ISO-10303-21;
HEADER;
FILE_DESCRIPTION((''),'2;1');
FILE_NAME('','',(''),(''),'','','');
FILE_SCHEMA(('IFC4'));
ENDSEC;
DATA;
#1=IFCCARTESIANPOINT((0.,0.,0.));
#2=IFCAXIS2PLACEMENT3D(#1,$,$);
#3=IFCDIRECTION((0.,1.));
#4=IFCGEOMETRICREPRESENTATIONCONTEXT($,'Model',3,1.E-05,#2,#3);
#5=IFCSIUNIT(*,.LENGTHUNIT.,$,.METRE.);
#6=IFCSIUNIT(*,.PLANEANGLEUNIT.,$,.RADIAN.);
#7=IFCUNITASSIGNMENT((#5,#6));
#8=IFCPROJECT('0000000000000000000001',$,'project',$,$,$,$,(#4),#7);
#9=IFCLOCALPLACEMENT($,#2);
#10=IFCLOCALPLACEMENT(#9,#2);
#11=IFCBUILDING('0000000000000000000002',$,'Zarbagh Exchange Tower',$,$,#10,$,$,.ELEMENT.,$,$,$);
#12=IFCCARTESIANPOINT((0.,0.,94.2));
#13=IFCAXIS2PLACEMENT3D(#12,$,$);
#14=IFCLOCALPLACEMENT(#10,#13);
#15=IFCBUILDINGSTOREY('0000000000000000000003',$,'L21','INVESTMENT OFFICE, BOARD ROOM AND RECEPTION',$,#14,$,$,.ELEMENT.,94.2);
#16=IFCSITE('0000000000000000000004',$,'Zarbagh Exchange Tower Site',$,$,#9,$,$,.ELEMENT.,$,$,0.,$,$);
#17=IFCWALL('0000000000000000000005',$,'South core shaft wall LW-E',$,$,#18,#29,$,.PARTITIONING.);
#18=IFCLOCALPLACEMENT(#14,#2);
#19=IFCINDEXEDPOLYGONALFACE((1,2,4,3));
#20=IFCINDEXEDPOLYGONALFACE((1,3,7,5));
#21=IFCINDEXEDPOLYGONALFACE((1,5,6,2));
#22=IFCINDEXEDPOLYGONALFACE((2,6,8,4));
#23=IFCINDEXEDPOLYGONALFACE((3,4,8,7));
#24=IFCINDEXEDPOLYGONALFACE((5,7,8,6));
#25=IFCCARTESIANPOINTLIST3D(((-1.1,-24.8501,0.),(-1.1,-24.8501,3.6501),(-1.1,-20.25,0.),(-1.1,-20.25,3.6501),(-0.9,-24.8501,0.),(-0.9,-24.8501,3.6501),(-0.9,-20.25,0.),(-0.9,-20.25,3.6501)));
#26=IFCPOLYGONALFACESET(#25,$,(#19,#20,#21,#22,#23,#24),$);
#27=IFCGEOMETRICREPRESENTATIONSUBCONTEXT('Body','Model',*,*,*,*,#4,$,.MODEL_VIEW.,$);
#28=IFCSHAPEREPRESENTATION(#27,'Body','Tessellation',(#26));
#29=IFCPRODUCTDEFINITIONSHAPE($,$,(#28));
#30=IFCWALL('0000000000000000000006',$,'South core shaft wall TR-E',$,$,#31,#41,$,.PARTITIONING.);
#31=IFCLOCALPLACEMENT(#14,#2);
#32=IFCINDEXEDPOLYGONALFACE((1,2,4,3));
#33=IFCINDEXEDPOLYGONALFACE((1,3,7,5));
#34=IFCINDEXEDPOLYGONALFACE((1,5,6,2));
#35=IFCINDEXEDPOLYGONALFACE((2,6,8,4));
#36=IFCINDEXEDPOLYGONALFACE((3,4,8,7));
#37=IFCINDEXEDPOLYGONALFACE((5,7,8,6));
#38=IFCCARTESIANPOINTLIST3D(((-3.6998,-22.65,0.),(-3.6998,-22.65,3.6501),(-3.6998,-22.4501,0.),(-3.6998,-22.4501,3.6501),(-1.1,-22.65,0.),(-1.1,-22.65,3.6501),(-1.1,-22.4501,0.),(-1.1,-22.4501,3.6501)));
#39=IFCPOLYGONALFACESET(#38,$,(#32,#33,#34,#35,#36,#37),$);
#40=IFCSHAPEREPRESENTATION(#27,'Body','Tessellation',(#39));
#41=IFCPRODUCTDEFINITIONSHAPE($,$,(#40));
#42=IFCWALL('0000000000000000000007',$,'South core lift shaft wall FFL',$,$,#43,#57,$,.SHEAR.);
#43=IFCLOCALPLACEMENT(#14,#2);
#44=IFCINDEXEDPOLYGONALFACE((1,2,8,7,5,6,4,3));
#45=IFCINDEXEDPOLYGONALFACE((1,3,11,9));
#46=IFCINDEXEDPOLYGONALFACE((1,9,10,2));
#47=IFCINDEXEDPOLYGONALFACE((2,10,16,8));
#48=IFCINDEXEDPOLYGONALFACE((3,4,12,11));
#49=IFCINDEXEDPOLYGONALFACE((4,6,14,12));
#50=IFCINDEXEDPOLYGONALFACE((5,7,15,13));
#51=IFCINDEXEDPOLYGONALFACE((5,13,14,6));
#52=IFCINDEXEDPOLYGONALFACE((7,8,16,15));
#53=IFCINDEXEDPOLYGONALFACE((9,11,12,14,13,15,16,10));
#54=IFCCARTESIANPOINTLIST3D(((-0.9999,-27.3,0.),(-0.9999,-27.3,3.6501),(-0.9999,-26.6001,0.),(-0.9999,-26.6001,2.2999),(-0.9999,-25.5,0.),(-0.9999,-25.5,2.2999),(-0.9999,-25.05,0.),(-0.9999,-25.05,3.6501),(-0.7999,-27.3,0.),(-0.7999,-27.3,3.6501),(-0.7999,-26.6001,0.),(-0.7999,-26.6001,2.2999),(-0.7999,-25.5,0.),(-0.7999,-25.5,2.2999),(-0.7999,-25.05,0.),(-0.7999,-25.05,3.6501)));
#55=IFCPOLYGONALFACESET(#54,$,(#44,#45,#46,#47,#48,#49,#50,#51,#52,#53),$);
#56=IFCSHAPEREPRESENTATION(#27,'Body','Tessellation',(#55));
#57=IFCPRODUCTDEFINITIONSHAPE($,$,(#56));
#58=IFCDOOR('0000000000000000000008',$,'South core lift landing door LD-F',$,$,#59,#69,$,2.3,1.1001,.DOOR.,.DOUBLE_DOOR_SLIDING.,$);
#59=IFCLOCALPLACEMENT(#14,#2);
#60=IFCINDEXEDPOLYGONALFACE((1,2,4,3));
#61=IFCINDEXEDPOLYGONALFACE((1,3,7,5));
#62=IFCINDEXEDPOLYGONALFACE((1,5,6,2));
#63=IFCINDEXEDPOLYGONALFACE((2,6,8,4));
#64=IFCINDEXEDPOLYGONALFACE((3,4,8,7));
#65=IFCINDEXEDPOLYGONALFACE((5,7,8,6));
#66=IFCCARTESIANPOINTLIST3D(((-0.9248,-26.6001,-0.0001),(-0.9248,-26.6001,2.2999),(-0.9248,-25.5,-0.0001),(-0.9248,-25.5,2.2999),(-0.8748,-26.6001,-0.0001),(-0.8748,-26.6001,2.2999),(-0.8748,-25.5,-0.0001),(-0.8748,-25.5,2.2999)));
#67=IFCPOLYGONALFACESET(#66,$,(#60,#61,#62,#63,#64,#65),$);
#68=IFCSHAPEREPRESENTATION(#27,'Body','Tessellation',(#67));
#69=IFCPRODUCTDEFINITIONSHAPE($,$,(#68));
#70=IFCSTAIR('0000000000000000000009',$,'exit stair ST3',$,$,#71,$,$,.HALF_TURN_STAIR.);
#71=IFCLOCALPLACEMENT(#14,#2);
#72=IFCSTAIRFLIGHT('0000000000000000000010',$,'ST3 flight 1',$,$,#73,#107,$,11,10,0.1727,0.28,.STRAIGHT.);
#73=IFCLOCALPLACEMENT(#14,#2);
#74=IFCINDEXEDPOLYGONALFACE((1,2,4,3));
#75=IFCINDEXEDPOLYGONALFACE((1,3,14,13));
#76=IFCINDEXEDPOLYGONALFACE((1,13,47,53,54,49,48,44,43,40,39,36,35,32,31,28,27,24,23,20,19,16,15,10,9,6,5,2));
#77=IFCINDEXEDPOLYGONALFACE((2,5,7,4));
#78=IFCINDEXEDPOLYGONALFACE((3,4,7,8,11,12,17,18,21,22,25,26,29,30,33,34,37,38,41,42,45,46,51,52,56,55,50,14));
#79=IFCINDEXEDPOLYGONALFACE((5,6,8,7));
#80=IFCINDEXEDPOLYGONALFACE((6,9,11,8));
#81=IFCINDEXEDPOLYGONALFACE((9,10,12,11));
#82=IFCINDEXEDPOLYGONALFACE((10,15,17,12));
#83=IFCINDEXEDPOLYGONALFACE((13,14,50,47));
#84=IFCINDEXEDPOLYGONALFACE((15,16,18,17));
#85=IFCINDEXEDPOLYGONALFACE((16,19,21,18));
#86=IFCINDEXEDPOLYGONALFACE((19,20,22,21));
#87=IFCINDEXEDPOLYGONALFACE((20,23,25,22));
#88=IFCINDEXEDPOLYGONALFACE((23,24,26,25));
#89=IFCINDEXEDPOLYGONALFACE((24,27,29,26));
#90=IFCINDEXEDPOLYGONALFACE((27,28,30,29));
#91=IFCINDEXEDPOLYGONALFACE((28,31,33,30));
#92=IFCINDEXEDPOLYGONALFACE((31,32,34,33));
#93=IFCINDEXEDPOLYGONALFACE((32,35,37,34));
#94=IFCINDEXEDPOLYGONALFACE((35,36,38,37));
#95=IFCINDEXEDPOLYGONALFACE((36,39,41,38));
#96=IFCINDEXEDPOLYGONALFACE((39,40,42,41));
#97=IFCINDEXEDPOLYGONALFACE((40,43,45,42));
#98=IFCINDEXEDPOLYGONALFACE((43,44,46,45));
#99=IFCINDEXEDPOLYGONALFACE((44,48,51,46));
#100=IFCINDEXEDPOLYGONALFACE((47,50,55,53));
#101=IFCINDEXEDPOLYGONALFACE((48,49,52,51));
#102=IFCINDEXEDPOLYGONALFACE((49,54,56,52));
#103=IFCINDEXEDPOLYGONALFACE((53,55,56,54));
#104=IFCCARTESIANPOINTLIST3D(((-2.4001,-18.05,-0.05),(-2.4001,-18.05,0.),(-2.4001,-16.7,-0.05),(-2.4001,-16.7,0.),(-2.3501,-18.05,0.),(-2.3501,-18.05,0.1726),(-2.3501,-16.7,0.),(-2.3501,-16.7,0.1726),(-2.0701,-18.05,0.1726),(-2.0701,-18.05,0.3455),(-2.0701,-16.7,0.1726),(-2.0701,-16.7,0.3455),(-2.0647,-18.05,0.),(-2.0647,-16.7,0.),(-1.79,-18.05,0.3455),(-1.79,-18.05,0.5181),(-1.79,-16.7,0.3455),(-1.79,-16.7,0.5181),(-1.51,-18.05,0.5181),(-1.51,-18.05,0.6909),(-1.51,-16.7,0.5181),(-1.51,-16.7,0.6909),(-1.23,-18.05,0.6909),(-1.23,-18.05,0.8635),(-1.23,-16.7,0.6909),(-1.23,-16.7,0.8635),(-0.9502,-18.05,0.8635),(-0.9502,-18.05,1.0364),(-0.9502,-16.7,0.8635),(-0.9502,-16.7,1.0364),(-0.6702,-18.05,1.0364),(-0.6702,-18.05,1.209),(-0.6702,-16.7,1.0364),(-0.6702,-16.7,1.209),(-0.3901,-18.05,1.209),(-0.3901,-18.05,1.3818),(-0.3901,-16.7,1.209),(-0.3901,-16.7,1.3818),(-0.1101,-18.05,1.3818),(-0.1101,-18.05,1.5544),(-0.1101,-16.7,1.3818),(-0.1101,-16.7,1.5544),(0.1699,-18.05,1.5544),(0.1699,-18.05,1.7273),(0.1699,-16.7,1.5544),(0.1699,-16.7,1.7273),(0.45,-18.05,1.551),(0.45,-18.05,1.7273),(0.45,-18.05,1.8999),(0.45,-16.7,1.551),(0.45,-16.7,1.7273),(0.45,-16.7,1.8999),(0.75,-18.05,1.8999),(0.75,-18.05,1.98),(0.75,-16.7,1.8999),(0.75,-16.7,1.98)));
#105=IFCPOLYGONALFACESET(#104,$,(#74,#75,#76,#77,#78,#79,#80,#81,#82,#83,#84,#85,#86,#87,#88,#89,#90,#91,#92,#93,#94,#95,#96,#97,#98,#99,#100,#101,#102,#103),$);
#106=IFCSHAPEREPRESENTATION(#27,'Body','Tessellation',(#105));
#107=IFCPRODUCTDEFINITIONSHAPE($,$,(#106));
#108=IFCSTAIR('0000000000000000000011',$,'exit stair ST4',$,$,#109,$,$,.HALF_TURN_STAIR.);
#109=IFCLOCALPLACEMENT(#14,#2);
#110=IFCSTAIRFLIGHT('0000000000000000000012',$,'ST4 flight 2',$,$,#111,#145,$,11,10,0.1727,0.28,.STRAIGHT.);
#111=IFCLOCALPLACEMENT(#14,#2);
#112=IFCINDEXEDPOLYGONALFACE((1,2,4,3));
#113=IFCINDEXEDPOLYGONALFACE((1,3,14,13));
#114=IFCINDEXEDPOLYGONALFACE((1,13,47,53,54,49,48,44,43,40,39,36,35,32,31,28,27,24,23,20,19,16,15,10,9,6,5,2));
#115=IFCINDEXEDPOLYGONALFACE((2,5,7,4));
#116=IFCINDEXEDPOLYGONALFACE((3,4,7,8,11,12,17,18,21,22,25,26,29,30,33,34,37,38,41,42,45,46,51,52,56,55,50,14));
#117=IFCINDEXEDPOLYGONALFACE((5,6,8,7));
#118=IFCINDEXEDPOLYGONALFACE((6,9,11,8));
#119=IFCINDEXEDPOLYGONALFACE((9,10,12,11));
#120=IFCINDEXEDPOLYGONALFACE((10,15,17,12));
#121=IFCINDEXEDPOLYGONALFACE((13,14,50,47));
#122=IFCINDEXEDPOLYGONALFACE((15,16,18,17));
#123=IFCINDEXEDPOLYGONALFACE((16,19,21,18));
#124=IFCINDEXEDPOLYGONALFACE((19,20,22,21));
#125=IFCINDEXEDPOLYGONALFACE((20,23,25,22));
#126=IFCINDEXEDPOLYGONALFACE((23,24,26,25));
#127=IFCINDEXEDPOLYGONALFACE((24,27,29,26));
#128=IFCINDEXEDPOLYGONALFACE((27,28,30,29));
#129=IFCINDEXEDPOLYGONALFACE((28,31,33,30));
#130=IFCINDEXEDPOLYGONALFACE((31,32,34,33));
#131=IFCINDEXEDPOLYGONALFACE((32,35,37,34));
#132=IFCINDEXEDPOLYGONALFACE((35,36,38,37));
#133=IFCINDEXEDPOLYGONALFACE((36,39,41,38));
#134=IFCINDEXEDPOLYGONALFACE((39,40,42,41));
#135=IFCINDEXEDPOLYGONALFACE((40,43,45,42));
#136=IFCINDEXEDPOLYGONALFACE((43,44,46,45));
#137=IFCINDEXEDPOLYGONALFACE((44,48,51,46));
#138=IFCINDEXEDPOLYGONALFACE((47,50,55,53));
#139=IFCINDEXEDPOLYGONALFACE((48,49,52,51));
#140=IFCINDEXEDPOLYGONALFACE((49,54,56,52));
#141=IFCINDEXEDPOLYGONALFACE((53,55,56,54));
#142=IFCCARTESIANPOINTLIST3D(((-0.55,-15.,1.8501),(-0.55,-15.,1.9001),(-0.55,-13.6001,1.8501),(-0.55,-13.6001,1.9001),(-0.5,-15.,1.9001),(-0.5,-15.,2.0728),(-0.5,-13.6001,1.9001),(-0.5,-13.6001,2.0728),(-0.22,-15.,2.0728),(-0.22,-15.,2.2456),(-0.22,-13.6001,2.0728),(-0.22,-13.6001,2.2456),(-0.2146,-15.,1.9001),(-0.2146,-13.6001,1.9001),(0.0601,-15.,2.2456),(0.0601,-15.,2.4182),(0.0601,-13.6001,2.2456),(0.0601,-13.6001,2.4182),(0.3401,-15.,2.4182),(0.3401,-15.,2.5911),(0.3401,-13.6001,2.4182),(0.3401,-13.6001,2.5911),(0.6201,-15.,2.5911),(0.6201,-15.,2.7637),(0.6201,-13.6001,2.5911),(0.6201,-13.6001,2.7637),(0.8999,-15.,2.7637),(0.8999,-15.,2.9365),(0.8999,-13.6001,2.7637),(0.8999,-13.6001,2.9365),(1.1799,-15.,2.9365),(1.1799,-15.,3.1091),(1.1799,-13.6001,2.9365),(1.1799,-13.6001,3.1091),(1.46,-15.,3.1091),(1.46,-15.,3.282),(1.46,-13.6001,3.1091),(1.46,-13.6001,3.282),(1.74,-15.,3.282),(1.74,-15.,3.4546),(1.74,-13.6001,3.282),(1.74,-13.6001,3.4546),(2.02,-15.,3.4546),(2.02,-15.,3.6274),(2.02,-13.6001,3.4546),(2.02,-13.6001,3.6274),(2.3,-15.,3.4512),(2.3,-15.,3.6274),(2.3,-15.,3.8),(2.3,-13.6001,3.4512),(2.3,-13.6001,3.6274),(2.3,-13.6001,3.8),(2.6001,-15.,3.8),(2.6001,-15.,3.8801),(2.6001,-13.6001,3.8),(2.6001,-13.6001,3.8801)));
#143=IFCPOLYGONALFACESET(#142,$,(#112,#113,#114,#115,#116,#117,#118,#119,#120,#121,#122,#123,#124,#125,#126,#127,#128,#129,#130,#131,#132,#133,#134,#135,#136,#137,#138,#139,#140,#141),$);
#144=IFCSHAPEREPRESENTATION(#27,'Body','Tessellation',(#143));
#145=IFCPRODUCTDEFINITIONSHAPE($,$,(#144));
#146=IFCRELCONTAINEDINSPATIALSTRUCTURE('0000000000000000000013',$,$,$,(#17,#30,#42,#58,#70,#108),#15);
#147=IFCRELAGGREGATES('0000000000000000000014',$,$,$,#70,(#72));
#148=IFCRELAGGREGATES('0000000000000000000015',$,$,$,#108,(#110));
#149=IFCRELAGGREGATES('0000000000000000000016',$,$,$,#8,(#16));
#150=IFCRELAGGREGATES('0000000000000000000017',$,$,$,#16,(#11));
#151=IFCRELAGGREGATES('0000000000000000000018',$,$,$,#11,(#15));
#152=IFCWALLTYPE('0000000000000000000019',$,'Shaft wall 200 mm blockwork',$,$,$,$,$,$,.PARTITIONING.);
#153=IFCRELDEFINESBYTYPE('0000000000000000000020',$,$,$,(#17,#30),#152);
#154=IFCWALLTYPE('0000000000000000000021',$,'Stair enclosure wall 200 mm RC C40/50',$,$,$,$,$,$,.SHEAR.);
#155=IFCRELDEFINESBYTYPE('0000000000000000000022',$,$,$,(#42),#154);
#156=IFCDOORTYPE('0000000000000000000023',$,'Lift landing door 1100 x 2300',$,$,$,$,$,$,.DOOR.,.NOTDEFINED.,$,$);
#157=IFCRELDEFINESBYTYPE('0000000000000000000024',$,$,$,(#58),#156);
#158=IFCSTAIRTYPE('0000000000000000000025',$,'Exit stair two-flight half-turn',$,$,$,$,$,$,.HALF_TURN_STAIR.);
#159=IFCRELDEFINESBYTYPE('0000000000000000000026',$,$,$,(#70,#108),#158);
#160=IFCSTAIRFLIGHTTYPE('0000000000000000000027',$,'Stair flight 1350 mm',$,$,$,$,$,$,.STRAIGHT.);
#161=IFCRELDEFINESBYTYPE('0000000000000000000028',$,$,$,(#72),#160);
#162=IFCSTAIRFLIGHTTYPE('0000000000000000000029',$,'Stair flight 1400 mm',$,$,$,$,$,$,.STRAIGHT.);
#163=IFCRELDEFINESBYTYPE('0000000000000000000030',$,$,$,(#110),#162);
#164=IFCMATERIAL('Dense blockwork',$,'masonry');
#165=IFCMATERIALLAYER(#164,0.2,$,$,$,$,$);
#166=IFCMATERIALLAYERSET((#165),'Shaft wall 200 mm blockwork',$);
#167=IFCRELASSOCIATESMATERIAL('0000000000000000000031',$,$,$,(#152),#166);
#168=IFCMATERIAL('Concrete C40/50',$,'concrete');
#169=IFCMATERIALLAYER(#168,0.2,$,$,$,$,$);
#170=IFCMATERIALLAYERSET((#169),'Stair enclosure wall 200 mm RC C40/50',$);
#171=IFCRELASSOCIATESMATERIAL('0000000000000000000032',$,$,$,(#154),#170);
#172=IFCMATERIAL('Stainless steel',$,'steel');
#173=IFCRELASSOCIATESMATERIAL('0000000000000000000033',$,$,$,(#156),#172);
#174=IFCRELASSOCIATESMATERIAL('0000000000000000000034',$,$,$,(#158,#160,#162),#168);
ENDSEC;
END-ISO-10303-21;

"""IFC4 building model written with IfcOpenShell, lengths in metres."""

from ifc_helpers import new_model, si_unit, direction, frame, frame_2d, origin, place, context, subcontext, project, spatial, polyline, rectangle, outline, extrude, material, layer, layer_set, type_object, element, fill, aggregate, save


model = new_model("IFC4")

# Units and contexts
model_context = context("Model", 3, precision=1e-05, world=origin(), true_north=direction((0.0, 1.0)))
body_context = subcontext(model_context, "Body", "Model", "MODEL_VIEW")
ifc_project = project(units=[si_unit("LENGTHUNIT", "METRE"), si_unit("PLANEANGLEUNIT", "RADIAN")], contexts=[model_context])

# Site, building, storey
site_placement = place(None, origin())
site = spatial("IfcSite", under=ifc_project, at=site_placement, Name="Zarbagh Exchange Tower Site", CompositionType="ELEMENT", RefElevation=0.0)
building_placement = place(site_placement, origin())
building = spatial("IfcBuilding", under=site, at=building_placement, Name="Zarbagh Exchange Tower", CompositionType="ELEMENT")
storey_placement = place(building_placement, frame((0.0, 0.0, 94.2)))
storey = spatial("IfcBuildingStorey", under=building, at=storey_placement, Name="L21", Description="INVESTMENT OFFICE, BOARD ROOM AND RECEPTION", CompositionType="ELEMENT", Elevation=94.2)

# Shared definitions
ifc_material_1 = material(Name="Concrete C40/50", Category="concrete")

# Walls
ifc_material_2 = material(Name="Dense blockwork", Category="masonry")
ifc_layer_1 = layer(ifc_material_2, 0.2)
ifc_layer_set_1 = layer_set([ifc_layer_1], Name="Shaft wall 200 mm blockwork")
wall_type_1 = type_object("IfcWallType", Name="Shaft wall 200 mm blockwork", PredefinedType="PARTITIONING", material=ifc_layer_set_1)
wall_1_placement = place(storey_placement, frame((-1.0, -24.8501, 0.0), z_axis=(0.0, 0.0, 1.0), x_axis=(0.0, 1.0, 0.0)))
element("IfcWall", 1, at=wall_1_placement, inside=storey, type_object=wall_type_1, Name="South core shaft wall LW-E", PredefinedType="PARTITIONING", context=body_context, shape_type="SweptSolid", body=[
    extrude(rectangle(XDim=4.6001, YDim=0.2, at=frame_2d((2.3, 0.0))), origin(), (0.0, 0.0, 1.0), 3.6501),
])
wall_2_placement = place(storey_placement, frame((-1.1001, -22.55, 0.0), z_axis=(0.0, 0.0, 1.0), x_axis=(-1.0, 0.0, 0.0)))
element("IfcWall", 2, at=wall_2_placement, inside=storey, type_object=wall_type_1, Name="South core shaft wall TR-E", PredefinedType="PARTITIONING", context=body_context, shape_type="SweptSolid", body=[
    extrude(rectangle(XDim=2.5999, YDim=0.2, at=frame_2d((1.2998, 0.0))), origin(), (0.0, 0.0, 1.0), 3.6501),
])

# Wall, opening, door
ifc_layer_2 = layer(ifc_material_1, 0.2)
ifc_layer_set_2 = layer_set([ifc_layer_2], Name="Stair enclosure wall 200 mm RC C40/50")
wall_type_2 = type_object("IfcWallType", Name="Stair enclosure wall 200 mm RC C40/50", PredefinedType="SHEAR", material=ifc_layer_set_2)
wall_3_placement = place(storey_placement, frame((-0.8999, -27.3, 0.0), z_axis=(0.0, 0.0, 1.0), x_axis=(0.0, 1.0, 0.0)))
wall_3 = element("IfcWall", 3, at=wall_3_placement, inside=storey, type_object=wall_type_2, Name="South core lift shaft wall FFL", PredefinedType="SHEAR", context=body_context, shape_type="SweptSolid", body=[
    extrude(rectangle(XDim=2.25, YDim=0.2, at=frame_2d((1.125, 0.0))), origin(), (0.0, 0.0, 1.0), 3.6501),
])
opening_1_placement = place(wall_3_placement, frame((0.7, 0.0, 0.0)))
opening_1 = element("IfcOpeningElement", 4, at=opening_1_placement, cuts=wall_3, PredefinedType="OPENING", context=body_context, shape_type="SweptSolid", body=[
    extrude(rectangle(XDim=1.1001, YDim=2.3, at=frame_2d((0.55, 1.1499))), frame((0.0, 0.1099, 0.0), z_axis=(0.0, -1.0, 0.0), x_axis=(1.0, 0.0, 0.0)), (0.0, 0.0, 1.0), 0.22),
])
ifc_material_3 = material(Name="Stainless steel", Category="steel")
door_type_1 = type_object("IfcDoorType", Name="Lift landing door 1100 x 2300", OperationType="NOTDEFINED", PredefinedType="DOOR", material=ifc_material_3)
door_1_placement = place(opening_1_placement, origin())
door_1 = element("IfcDoor", 5, at=door_1_placement, inside=storey, type_object=door_type_1, Name="South core lift landing door LD-F", OperationType="DOUBLE_DOOR_SLIDING", OverallHeight=2.3, OverallWidth=1.1001, PredefinedType="DOOR", context=body_context, shape_type="SweptSolid", body=[
    extrude(rectangle(XDim=1.1001, YDim=2.3, at=frame_2d((0.55, 1.1499))), frame((0.0, 0.0249, 0.0), z_axis=(0.0, -1.0, 0.0), x_axis=(1.0, 0.0, 0.0)), (0.0, 0.0, 1.0), 0.05),
])
fill(opening_1, door_1)

# Stairs, stair flights
stair_type = type_object("IfcStairType", Name="Exit stair two-flight half-turn", PredefinedType="HALF_TURN_STAIR", material=ifc_material_1)
stair_1_placement = place(storey_placement, origin())
stair_1 = element("IfcStair", 6, at=stair_1_placement, inside=storey, type_object=stair_type, Name="exit stair ST3", PredefinedType="HALF_TURN_STAIR")
stair_flight_type_1 = type_object("IfcStairFlightType", Name="Stair flight 1350 mm", PredefinedType="STRAIGHT", material=ifc_material_1)
stair_flight_1_placement = place(storey_placement, frame((-2.3501, -17.375, 0.0), z_axis=(0.0, 0.0, 1.0), x_axis=(1.0, 0.0, 0.0)))
stair_flight_1 = element("IfcStairFlight", 7, at=stair_flight_1_placement, type_object=stair_flight_type_1, Name="ST3 flight 1", NumberOfRisers=11, NumberOfTreads=10, PredefinedType="STRAIGHT", RiserHeight=0.1727, TreadLength=0.28, context=body_context, shape_type="SweptSolid", body=[
    extrude(outline(polyline([(-0.05, -0.05), (-0.05, 0.0), (0.0, 0.0), (0.0, 0.1726), (0.28, 0.1726), (0.28, 0.3455), (0.5601, 0.3455), (0.5601, 0.5181), (0.8401, 0.5181), (0.8401, 0.6909), (1.1201, 0.6909), (1.1201, 0.8635), (1.3999, 0.8635), (1.3999, 1.0364), (1.6799, 1.0364), (1.6799, 1.209), (1.96, 1.209), (1.96, 1.3818), (2.24, 1.3818), (2.24, 1.5544), (2.52, 1.5544), (2.52, 1.7273), (2.8, 1.7273), (2.8, 1.8999), (3.1001, 1.98), (3.1001, 1.8999), (2.8, 1.551), (0.2854, 0.0), (-0.05, -0.05)])), frame((0.0, 0.675, 0.0), z_axis=(0.0, -1.0, 0.0), x_axis=(1.0, 0.0, 0.0)), (0.0, 0.0, 1.0), 1.3501),
])
aggregate(stair_1, [stair_flight_1])
stair_2_placement = place(storey_placement, origin())
stair_2 = element("IfcStair", 8, at=stair_2_placement, inside=storey, type_object=stair_type, Name="exit stair ST4", PredefinedType="HALF_TURN_STAIR")
stair_flight_type_2 = type_object("IfcStairFlightType", Name="Stair flight 1400 mm", PredefinedType="STRAIGHT", material=ifc_material_1)
stair_flight_2_placement = place(storey_placement, frame((-0.5, -14.3, 1.9001), z_axis=(0.0, 0.0, 1.0), x_axis=(1.0, 0.0, 0.0)))
stair_flight_2 = element("IfcStairFlight", 9, at=stair_flight_2_placement, type_object=stair_flight_type_2, Name="ST4 flight 2", NumberOfRisers=11, NumberOfTreads=10, PredefinedType="STRAIGHT", RiserHeight=0.1727, TreadLength=0.28, context=body_context, shape_type="SweptSolid", body=[
    extrude(outline(polyline([(-0.05, -0.05), (-0.05, 0.0), (0.0, 0.0), (0.0, 0.1726), (0.28, 0.1726), (0.28, 0.3455), (0.5601, 0.3455), (0.5601, 0.5181), (0.8401, 0.5181), (0.8401, 0.6909), (1.1201, 0.6909), (1.1201, 0.8635), (1.3999, 0.8635), (1.3999, 1.0364), (1.6799, 1.0364), (1.6799, 1.209), (1.96, 1.209), (1.96, 1.3818), (2.24, 1.3818), (2.24, 1.5544), (2.52, 1.5544), (2.52, 1.7273), (2.8, 1.7273), (2.8, 1.8999), (3.1001, 1.98), (3.1001, 1.8999), (2.8, 1.551), (0.2854, 0.0), (-0.05, -0.05)])), frame((0.0, 0.7, 0.0), z_axis=(0.0, -1.0, 0.0), x_axis=(1.0, 0.0, 0.0)), (0.0, 0.0, 1.0), 1.3999),
])
aggregate(stair_2, [stair_flight_2])

save(model, "model.ifc")
